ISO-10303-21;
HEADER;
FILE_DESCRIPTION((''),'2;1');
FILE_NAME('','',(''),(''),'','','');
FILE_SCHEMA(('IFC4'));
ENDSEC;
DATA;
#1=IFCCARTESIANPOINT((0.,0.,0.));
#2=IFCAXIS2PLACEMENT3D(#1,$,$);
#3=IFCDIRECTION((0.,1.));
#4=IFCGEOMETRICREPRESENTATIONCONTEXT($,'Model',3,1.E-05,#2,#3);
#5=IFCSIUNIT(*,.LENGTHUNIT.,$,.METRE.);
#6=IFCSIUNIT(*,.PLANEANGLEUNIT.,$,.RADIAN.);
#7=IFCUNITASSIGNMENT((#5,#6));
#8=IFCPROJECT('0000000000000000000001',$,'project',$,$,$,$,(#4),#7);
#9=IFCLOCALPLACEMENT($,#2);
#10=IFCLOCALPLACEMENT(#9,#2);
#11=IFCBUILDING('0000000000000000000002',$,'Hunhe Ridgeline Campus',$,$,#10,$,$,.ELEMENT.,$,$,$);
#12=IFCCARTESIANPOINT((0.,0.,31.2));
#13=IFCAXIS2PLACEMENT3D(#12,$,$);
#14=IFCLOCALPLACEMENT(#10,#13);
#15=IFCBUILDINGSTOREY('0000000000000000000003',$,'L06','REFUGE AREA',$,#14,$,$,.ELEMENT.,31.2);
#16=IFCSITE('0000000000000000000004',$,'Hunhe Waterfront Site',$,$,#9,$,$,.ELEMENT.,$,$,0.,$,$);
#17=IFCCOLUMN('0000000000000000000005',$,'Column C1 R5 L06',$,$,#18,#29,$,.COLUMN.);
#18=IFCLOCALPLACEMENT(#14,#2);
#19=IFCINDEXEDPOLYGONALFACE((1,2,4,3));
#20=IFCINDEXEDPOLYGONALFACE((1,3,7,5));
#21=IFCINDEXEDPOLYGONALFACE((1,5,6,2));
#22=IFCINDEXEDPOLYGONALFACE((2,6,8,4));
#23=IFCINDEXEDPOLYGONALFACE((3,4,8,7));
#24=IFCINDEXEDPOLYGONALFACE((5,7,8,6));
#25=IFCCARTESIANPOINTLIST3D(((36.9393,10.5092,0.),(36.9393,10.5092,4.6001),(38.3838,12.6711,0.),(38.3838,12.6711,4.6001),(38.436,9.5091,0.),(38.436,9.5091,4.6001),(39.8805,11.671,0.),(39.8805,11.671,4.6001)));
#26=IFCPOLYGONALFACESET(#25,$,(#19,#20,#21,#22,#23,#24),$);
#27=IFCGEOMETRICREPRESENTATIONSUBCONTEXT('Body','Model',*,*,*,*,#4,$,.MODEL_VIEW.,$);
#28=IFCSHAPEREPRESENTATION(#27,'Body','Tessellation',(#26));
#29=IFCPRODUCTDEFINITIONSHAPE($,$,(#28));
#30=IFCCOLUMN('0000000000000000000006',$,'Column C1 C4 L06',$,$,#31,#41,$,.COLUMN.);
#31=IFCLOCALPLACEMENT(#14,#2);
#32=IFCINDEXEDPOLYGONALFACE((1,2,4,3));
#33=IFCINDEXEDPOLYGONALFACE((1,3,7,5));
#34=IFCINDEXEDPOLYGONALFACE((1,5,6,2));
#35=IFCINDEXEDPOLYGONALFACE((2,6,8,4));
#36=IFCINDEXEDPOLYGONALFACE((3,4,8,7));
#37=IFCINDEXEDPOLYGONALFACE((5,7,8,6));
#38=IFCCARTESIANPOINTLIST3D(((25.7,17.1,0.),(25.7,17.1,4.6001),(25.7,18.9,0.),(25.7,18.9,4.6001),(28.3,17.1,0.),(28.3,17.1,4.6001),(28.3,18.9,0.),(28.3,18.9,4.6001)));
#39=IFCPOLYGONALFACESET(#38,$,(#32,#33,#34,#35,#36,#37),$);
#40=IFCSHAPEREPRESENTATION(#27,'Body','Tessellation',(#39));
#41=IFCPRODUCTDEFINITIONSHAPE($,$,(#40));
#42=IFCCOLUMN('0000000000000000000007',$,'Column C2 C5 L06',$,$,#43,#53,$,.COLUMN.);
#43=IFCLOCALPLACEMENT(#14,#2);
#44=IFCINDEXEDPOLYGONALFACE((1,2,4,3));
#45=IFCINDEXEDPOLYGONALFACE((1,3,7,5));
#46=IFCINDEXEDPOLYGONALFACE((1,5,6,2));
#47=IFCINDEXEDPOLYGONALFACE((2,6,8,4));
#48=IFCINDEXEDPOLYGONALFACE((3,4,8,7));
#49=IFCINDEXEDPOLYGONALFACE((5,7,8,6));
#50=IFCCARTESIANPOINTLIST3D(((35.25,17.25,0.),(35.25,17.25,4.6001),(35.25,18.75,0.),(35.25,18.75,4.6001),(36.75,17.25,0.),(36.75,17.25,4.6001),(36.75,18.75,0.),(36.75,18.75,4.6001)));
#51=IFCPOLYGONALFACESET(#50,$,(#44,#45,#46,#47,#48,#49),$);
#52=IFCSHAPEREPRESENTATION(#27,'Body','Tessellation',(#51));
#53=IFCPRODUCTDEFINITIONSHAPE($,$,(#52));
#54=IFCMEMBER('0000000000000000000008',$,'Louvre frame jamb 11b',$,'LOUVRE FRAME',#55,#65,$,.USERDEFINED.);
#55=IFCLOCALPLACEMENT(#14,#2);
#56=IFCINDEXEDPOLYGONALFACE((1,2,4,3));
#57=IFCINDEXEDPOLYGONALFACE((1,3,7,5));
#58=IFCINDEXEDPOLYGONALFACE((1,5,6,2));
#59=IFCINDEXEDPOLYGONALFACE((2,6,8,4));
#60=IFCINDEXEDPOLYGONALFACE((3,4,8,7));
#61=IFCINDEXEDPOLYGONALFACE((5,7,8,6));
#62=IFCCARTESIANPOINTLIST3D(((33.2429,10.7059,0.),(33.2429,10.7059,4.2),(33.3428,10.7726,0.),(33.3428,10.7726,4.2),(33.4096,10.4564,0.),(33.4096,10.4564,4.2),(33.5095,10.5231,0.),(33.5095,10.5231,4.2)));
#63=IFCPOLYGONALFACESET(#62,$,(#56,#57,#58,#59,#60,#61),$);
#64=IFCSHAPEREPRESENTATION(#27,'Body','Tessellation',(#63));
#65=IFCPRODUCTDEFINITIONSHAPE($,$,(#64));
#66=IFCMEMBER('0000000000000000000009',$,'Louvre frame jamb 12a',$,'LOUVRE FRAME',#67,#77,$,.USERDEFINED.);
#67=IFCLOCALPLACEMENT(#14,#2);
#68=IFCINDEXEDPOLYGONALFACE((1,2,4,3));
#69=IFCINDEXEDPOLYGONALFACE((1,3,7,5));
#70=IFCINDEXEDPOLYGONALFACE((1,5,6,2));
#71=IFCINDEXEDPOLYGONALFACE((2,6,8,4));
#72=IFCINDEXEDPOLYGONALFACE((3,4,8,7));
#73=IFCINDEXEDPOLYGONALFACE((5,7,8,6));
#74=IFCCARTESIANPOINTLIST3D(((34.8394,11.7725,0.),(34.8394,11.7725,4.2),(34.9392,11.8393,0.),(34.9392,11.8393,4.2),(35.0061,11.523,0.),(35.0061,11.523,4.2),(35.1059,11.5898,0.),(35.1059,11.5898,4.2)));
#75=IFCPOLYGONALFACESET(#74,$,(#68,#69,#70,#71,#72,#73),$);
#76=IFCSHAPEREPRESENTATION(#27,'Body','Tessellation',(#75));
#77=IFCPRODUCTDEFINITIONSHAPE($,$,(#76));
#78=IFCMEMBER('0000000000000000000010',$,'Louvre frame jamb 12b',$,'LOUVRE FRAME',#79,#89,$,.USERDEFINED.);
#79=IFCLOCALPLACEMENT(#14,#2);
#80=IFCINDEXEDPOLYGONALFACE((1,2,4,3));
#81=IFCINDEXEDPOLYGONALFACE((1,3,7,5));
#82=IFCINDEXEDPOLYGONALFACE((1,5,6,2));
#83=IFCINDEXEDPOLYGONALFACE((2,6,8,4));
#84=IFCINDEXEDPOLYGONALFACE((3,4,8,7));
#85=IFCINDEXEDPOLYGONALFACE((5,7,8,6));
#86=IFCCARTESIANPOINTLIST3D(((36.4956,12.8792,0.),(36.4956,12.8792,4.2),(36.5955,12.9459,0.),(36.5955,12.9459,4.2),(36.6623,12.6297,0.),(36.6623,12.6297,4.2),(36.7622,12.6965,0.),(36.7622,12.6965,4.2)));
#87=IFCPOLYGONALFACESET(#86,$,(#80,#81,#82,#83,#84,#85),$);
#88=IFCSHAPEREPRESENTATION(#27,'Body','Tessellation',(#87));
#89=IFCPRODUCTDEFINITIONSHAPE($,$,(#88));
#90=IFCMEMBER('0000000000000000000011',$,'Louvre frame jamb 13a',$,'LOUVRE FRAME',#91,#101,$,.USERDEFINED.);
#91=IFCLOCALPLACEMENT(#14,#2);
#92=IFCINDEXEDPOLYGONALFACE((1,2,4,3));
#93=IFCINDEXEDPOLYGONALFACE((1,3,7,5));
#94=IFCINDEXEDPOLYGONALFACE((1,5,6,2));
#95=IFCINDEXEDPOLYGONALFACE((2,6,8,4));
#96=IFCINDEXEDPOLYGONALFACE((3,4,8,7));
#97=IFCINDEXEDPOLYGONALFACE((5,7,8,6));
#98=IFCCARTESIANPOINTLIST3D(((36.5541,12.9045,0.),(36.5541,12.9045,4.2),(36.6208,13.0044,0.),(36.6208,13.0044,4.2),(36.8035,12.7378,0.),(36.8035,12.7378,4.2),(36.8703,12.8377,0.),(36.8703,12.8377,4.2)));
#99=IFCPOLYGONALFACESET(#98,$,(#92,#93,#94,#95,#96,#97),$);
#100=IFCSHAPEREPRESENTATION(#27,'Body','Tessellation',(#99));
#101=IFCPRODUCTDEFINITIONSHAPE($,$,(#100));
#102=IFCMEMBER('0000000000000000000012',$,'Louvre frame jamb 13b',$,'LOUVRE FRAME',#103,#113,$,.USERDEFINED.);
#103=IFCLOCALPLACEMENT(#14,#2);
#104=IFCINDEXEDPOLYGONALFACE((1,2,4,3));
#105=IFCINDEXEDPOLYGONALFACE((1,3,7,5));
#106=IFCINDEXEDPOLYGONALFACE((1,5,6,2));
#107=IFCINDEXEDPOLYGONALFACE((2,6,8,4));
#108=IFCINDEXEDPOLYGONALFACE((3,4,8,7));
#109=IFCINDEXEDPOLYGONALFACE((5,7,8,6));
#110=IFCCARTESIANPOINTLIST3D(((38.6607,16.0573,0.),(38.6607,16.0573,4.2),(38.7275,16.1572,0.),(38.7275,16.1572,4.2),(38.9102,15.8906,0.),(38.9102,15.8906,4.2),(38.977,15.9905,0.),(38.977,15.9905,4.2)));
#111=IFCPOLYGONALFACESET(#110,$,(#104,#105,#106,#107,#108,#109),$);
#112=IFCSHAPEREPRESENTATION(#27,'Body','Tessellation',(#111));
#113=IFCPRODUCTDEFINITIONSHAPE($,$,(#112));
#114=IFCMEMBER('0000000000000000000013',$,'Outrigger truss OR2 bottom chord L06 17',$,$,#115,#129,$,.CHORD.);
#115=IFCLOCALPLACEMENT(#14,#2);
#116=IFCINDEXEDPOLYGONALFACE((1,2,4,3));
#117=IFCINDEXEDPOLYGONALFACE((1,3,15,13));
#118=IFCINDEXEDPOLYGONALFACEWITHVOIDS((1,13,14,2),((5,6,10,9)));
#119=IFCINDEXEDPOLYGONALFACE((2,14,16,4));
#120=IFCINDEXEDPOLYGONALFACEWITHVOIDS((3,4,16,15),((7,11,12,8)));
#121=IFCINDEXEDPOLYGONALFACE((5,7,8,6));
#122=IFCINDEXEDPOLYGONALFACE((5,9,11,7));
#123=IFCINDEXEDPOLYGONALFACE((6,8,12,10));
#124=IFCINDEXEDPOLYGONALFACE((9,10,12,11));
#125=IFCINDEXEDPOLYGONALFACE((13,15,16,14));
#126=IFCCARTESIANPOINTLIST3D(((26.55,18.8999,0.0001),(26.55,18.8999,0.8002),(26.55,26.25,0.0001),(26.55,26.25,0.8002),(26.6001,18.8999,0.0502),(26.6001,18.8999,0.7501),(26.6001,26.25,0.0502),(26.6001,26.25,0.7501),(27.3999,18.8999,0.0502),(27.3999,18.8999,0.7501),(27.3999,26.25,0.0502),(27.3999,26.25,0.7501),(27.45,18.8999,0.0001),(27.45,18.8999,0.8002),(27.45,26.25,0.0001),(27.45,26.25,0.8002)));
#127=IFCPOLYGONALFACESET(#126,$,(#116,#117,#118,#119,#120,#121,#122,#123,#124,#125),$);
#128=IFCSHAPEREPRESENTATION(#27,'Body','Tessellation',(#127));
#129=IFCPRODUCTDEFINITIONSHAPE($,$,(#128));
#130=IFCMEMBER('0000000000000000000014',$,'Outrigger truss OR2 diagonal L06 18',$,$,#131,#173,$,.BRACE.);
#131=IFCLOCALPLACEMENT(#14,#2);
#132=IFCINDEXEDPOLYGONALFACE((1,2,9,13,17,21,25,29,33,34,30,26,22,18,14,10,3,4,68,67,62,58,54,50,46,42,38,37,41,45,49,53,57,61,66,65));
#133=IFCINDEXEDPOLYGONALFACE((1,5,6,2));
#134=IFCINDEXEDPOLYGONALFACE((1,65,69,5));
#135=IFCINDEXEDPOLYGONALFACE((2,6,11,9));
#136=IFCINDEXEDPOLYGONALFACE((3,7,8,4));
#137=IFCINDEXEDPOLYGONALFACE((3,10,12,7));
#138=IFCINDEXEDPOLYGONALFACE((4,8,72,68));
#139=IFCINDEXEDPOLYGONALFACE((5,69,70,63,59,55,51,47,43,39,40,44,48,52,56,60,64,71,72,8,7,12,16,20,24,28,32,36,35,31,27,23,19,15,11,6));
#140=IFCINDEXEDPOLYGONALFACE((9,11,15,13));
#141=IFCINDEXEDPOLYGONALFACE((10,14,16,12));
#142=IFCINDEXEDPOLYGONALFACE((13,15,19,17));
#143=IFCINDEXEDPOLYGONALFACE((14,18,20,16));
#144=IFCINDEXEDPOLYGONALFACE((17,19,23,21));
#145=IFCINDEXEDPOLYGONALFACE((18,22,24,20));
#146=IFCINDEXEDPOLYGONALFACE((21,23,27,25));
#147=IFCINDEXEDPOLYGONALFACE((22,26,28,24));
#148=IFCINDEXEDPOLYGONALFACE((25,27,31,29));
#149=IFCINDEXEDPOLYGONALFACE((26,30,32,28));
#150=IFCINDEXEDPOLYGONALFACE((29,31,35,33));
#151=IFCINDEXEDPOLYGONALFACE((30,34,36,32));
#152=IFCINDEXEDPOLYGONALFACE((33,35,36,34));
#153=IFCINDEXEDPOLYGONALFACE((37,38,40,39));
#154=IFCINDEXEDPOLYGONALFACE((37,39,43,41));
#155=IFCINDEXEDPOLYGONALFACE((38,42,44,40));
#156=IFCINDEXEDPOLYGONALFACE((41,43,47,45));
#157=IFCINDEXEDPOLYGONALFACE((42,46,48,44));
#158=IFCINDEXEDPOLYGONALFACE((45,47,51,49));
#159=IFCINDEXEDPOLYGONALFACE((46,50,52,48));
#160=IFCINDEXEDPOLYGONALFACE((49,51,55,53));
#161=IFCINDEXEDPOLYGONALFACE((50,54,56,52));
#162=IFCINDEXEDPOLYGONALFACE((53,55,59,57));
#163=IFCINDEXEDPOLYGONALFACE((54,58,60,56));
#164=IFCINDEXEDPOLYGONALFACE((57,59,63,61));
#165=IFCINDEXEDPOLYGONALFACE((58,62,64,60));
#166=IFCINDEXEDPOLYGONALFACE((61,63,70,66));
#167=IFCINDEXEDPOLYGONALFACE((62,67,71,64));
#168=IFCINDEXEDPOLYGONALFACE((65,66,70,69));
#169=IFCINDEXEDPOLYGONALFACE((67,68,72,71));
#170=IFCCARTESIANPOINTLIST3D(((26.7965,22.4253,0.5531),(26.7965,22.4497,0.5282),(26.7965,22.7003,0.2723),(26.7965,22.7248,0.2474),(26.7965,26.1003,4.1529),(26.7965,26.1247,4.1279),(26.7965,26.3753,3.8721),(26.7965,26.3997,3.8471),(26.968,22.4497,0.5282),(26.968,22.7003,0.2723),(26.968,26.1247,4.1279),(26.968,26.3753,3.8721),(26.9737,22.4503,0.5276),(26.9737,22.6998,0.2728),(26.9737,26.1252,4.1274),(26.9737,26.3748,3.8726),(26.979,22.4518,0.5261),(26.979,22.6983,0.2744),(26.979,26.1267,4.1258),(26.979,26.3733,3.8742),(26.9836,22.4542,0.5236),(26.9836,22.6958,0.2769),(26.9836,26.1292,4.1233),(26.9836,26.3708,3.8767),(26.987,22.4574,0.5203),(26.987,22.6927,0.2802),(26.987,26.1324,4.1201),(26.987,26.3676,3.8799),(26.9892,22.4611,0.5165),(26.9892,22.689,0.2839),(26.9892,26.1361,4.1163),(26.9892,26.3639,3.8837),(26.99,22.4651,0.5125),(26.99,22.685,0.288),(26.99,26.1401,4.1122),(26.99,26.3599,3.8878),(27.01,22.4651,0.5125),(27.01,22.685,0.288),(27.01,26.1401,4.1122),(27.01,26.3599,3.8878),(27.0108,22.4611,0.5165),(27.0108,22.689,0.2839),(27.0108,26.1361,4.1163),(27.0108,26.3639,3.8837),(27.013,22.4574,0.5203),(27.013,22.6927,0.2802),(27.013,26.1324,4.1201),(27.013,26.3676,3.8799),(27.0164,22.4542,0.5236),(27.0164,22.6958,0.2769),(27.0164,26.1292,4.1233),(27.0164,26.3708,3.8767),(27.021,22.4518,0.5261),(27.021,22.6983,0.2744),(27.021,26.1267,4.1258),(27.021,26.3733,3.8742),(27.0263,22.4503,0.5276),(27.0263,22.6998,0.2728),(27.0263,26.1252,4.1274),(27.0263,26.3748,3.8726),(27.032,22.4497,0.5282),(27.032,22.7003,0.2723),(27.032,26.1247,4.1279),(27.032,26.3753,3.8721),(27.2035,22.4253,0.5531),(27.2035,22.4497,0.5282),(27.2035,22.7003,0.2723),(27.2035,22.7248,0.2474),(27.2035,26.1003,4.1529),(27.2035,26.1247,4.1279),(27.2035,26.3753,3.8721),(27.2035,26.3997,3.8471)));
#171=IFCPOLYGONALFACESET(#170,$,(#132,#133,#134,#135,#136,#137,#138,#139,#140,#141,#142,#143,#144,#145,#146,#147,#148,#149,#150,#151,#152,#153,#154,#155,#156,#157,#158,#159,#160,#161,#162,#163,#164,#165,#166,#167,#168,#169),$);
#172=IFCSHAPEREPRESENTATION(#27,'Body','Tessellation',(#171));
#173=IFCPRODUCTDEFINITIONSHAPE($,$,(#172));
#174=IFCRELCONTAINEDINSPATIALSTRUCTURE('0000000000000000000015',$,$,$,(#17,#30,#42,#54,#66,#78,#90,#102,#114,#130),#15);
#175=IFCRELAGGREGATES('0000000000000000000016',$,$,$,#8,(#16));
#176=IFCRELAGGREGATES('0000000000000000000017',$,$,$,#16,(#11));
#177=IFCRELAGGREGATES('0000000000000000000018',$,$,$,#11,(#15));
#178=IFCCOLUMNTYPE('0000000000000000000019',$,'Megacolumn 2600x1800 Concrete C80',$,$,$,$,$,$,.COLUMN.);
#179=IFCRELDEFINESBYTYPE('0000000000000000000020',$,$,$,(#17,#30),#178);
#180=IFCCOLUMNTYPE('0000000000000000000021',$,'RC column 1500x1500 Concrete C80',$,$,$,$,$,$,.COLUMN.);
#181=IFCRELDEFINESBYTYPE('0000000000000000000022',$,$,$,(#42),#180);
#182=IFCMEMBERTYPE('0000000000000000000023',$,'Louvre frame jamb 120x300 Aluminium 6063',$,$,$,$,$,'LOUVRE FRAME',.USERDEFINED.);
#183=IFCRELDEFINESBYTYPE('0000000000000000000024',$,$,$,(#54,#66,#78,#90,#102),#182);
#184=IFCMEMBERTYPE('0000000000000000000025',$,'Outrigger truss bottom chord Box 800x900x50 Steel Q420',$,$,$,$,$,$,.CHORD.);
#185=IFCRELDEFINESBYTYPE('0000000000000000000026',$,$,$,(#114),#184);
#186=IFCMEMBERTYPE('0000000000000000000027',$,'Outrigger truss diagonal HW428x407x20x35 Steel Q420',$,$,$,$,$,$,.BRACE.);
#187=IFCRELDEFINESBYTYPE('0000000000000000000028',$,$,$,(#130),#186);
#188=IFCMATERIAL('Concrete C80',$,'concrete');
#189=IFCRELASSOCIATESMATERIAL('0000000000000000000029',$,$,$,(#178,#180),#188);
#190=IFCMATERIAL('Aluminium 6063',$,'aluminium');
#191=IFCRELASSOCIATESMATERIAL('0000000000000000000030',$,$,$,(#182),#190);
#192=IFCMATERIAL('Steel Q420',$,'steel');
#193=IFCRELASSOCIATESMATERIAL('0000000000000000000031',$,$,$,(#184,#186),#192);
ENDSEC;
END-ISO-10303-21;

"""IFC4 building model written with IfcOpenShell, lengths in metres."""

from ifc_helpers import new_model, si_unit, direction, frame, origin, origin_2d, place, context, subcontext, project, spatial, rectangle, hollow_rectangle, i_section, extrude, material, material_profile, profile_set, type_object, element, save


model = new_model("IFC4")

# Units and contexts
model_context = context("Model", 3, precision=1e-05, world=origin(), true_north=direction((0.0, 1.0)))
body_context = subcontext(model_context, "Body", "Model", "MODEL_VIEW")
ifc_project = project(units=[si_unit("LENGTHUNIT", "METRE"), si_unit("PLANEANGLEUNIT", "RADIAN")], contexts=[model_context])

# Site, building, storey
site_placement = place(None, origin())
site = spatial("IfcSite", under=ifc_project, at=site_placement, Name="Hunhe Waterfront Site", CompositionType="ELEMENT", RefElevation=0.0)
building_placement = place(site_placement, origin())
building = spatial("IfcBuilding", under=site, at=building_placement, Name="Hunhe Ridgeline Campus", CompositionType="ELEMENT")
storey_placement = place(building_placement, frame((0.0, 0.0, 31.2)))
storey = spatial("IfcBuildingStorey", under=building, at=storey_placement, Name="L06", Description="REFUGE AREA", CompositionType="ELEMENT", Elevation=31.2)

# Columns
ifc_material_1 = material(Name="Concrete C80", Category="concrete")
ifc_material_profile_1 = material_profile(ifc_material_1, rectangle(XDim=2.6001, YDim=1.8, at=origin_2d()))
ifc_profile_set_1 = profile_set([ifc_material_profile_1], Name="Concrete C80")
column_type_1 = type_object("IfcColumnType", Name="Megacolumn 2600x1800 Concrete C80", PredefinedType="COLUMN", material=ifc_profile_set_1)
for number, where, z_axis, x_axis, name in (
    (1, (38.4099, 11.0901, 0.0), (0.0, 0.0, 1.0), (0.55557, 0.83147, 0.0), "Column C1 R5 L06"),
    (2, (27.0, 18.0, 0.0), (0.0, 0.0, 1.0), (1.0, 0.0, 0.0), "Column C1 C4 L06"),
):
    element("IfcColumn", number, at=place(storey_placement, frame(where, z_axis=z_axis, x_axis=x_axis)), inside=storey, type_object=column_type_1, Name=name, PredefinedType="COLUMN", context=body_context, shape_type="SweptSolid", body=[
        extrude(rectangle(XDim=2.6001, YDim=1.8, at=origin_2d()), origin(), (0.0, 0.0, 1.0), 4.6001),
    ])
ifc_material_profile_2 = material_profile(ifc_material_1, rectangle(XDim=1.5, YDim=1.5, at=origin_2d()))
ifc_profile_set_2 = profile_set([ifc_material_profile_2], Name="Concrete C80")
column_type_2 = type_object("IfcColumnType", Name="RC column 1500x1500 Concrete C80", PredefinedType="COLUMN", material=ifc_profile_set_2)
column_placement = place(storey_placement, frame((36.0, 18.0, 0.0), z_axis=(0.0, 0.0, 1.0), x_axis=(1.0, 0.0, 0.0)))
element("IfcColumn", 3, at=column_placement, inside=storey, type_object=column_type_2, Name="Column C2 C5 L06", PredefinedType="COLUMN", context=body_context, shape_type="SweptSolid", body=[
    extrude(rectangle(XDim=1.5, YDim=1.5, at=origin_2d()), origin(), (0.0, 0.0, 1.0), 4.6001),
])

# Members
ifc_material_2 = material(Name="Aluminium 6063", Category="aluminium")
ifc_material_profile_3 = material_profile(ifc_material_2, rectangle(XDim=0.3, YDim=0.1201, at=origin_2d()))
ifc_profile_set_3 = profile_set([ifc_material_profile_3], Name="Aluminium 6063")
member_type_1 = type_object("IfcMemberType", Name="Louvre frame jamb 120x300 Aluminium 6063", ElementType="LOUVRE FRAME", PredefinedType="USERDEFINED", material=ifc_profile_set_3)
for number, where, z_axis, x_axis, name in (
    (4, (33.3762, 10.6145, 0.0), (0.0, 0.0, 1.0), (-0.55557, 0.83147, 0.0), "Louvre frame jamb 11b"),
    (5, (34.9727, 11.6812, 0.0), (0.0, 0.0, 1.0), (-0.55557, 0.83147, 0.0), "Louvre frame jamb 12a"),
    (6, (36.6289, 12.7878, 0.0), (0.0, 0.0, 1.0), (-0.55557, 0.83147, 0.0), "Louvre frame jamb 12b"),
    (7, (36.7122, 12.8711, 0.0), (0.0, 0.0, 1.0), (-0.83147, 0.55557, 0.0), "Louvre frame jamb 13a"),
    (8, (38.8188, 16.0239, 0.0), (0.0, 0.0, 1.0), (-0.83147, 0.55557, 0.0), "Louvre frame jamb 13b"),
):
    element("IfcMember", number, at=place(storey_placement, frame(where, z_axis=z_axis, x_axis=x_axis)), inside=storey, type_object=member_type_1, Name=name, ObjectType="LOUVRE FRAME", PredefinedType="USERDEFINED", context=body_context, shape_type="SweptSolid", body=[
        extrude(rectangle(XDim=0.3, YDim=0.1201, at=origin_2d()), origin(), (0.0, 0.0, 1.0), 4.2),
    ])
ifc_material_3 = material(Name="Steel Q420", Category="steel")
ifc_material_profile_4 = material_profile(ifc_material_3, hollow_rectangle(XDim=0.8999, YDim=0.8, WallThickness=0.05, at=origin_2d()))
ifc_profile_set_4 = profile_set([ifc_material_profile_4], Name="Steel Q420")
member_type_2 = type_object("IfcMemberType", Name="Outrigger truss bottom chord Box 800x900x50 Steel Q420", PredefinedType="CHORD", material=ifc_profile_set_4)
member_1_placement = place(storey_placement, frame((27.0, 26.25, 0.4001), z_axis=(0.0, -1.0, 0.0), x_axis=(1.0, 0.0, 0.0)))
element("IfcMember", 9, at=member_1_placement, inside=storey, type_object=member_type_2, Name="Outrigger truss OR2 bottom chord L06 17", PredefinedType="CHORD", context=body_context, shape_type="SweptSolid", body=[
    extrude(hollow_rectangle(XDim=0.8999, YDim=0.8, WallThickness=0.05, at=origin_2d()), origin(), (0.0, 0.0, 1.0), 7.3501),
])
ifc_material_profile_5 = material_profile(ifc_material_3, i_section(OverallWidth=0.407, OverallDepth=0.428, WebThickness=0.02, FlangeThickness=0.0349, FilletRadius=0.022, at=origin_2d()))
ifc_profile_set_5 = profile_set([ifc_material_profile_5], Name="Steel Q420")
member_type_3 = type_object("IfcMemberType", Name="Outrigger truss diagonal HW428x407x20x35 Steel Q420", PredefinedType="BRACE", material=ifc_profile_set_5)
for number, where, z_axis, x_axis, name in (
    (10, (27.0, 26.25, 4.0), (0.0, -0.714377, -0.699761), (1.0, 0.0, 0.0), "Outrigger truss OR2 diagonal L06 18"),
):
    element("IfcMember", number, at=place(storey_placement, frame(where, z_axis=z_axis, x_axis=x_axis)), inside=storey, type_object=member_type_3, Name=name, PredefinedType="BRACE", context=body_context, shape_type="SweptSolid", body=[
        extrude(i_section(OverallWidth=0.407, OverallDepth=0.428, WebThickness=0.02, FlangeThickness=0.0349, FilletRadius=0.022, at=origin_2d()), origin(), (0.0, 0.0, 1.0), 5.1443),
    ])

save(model, "model.ifc")
